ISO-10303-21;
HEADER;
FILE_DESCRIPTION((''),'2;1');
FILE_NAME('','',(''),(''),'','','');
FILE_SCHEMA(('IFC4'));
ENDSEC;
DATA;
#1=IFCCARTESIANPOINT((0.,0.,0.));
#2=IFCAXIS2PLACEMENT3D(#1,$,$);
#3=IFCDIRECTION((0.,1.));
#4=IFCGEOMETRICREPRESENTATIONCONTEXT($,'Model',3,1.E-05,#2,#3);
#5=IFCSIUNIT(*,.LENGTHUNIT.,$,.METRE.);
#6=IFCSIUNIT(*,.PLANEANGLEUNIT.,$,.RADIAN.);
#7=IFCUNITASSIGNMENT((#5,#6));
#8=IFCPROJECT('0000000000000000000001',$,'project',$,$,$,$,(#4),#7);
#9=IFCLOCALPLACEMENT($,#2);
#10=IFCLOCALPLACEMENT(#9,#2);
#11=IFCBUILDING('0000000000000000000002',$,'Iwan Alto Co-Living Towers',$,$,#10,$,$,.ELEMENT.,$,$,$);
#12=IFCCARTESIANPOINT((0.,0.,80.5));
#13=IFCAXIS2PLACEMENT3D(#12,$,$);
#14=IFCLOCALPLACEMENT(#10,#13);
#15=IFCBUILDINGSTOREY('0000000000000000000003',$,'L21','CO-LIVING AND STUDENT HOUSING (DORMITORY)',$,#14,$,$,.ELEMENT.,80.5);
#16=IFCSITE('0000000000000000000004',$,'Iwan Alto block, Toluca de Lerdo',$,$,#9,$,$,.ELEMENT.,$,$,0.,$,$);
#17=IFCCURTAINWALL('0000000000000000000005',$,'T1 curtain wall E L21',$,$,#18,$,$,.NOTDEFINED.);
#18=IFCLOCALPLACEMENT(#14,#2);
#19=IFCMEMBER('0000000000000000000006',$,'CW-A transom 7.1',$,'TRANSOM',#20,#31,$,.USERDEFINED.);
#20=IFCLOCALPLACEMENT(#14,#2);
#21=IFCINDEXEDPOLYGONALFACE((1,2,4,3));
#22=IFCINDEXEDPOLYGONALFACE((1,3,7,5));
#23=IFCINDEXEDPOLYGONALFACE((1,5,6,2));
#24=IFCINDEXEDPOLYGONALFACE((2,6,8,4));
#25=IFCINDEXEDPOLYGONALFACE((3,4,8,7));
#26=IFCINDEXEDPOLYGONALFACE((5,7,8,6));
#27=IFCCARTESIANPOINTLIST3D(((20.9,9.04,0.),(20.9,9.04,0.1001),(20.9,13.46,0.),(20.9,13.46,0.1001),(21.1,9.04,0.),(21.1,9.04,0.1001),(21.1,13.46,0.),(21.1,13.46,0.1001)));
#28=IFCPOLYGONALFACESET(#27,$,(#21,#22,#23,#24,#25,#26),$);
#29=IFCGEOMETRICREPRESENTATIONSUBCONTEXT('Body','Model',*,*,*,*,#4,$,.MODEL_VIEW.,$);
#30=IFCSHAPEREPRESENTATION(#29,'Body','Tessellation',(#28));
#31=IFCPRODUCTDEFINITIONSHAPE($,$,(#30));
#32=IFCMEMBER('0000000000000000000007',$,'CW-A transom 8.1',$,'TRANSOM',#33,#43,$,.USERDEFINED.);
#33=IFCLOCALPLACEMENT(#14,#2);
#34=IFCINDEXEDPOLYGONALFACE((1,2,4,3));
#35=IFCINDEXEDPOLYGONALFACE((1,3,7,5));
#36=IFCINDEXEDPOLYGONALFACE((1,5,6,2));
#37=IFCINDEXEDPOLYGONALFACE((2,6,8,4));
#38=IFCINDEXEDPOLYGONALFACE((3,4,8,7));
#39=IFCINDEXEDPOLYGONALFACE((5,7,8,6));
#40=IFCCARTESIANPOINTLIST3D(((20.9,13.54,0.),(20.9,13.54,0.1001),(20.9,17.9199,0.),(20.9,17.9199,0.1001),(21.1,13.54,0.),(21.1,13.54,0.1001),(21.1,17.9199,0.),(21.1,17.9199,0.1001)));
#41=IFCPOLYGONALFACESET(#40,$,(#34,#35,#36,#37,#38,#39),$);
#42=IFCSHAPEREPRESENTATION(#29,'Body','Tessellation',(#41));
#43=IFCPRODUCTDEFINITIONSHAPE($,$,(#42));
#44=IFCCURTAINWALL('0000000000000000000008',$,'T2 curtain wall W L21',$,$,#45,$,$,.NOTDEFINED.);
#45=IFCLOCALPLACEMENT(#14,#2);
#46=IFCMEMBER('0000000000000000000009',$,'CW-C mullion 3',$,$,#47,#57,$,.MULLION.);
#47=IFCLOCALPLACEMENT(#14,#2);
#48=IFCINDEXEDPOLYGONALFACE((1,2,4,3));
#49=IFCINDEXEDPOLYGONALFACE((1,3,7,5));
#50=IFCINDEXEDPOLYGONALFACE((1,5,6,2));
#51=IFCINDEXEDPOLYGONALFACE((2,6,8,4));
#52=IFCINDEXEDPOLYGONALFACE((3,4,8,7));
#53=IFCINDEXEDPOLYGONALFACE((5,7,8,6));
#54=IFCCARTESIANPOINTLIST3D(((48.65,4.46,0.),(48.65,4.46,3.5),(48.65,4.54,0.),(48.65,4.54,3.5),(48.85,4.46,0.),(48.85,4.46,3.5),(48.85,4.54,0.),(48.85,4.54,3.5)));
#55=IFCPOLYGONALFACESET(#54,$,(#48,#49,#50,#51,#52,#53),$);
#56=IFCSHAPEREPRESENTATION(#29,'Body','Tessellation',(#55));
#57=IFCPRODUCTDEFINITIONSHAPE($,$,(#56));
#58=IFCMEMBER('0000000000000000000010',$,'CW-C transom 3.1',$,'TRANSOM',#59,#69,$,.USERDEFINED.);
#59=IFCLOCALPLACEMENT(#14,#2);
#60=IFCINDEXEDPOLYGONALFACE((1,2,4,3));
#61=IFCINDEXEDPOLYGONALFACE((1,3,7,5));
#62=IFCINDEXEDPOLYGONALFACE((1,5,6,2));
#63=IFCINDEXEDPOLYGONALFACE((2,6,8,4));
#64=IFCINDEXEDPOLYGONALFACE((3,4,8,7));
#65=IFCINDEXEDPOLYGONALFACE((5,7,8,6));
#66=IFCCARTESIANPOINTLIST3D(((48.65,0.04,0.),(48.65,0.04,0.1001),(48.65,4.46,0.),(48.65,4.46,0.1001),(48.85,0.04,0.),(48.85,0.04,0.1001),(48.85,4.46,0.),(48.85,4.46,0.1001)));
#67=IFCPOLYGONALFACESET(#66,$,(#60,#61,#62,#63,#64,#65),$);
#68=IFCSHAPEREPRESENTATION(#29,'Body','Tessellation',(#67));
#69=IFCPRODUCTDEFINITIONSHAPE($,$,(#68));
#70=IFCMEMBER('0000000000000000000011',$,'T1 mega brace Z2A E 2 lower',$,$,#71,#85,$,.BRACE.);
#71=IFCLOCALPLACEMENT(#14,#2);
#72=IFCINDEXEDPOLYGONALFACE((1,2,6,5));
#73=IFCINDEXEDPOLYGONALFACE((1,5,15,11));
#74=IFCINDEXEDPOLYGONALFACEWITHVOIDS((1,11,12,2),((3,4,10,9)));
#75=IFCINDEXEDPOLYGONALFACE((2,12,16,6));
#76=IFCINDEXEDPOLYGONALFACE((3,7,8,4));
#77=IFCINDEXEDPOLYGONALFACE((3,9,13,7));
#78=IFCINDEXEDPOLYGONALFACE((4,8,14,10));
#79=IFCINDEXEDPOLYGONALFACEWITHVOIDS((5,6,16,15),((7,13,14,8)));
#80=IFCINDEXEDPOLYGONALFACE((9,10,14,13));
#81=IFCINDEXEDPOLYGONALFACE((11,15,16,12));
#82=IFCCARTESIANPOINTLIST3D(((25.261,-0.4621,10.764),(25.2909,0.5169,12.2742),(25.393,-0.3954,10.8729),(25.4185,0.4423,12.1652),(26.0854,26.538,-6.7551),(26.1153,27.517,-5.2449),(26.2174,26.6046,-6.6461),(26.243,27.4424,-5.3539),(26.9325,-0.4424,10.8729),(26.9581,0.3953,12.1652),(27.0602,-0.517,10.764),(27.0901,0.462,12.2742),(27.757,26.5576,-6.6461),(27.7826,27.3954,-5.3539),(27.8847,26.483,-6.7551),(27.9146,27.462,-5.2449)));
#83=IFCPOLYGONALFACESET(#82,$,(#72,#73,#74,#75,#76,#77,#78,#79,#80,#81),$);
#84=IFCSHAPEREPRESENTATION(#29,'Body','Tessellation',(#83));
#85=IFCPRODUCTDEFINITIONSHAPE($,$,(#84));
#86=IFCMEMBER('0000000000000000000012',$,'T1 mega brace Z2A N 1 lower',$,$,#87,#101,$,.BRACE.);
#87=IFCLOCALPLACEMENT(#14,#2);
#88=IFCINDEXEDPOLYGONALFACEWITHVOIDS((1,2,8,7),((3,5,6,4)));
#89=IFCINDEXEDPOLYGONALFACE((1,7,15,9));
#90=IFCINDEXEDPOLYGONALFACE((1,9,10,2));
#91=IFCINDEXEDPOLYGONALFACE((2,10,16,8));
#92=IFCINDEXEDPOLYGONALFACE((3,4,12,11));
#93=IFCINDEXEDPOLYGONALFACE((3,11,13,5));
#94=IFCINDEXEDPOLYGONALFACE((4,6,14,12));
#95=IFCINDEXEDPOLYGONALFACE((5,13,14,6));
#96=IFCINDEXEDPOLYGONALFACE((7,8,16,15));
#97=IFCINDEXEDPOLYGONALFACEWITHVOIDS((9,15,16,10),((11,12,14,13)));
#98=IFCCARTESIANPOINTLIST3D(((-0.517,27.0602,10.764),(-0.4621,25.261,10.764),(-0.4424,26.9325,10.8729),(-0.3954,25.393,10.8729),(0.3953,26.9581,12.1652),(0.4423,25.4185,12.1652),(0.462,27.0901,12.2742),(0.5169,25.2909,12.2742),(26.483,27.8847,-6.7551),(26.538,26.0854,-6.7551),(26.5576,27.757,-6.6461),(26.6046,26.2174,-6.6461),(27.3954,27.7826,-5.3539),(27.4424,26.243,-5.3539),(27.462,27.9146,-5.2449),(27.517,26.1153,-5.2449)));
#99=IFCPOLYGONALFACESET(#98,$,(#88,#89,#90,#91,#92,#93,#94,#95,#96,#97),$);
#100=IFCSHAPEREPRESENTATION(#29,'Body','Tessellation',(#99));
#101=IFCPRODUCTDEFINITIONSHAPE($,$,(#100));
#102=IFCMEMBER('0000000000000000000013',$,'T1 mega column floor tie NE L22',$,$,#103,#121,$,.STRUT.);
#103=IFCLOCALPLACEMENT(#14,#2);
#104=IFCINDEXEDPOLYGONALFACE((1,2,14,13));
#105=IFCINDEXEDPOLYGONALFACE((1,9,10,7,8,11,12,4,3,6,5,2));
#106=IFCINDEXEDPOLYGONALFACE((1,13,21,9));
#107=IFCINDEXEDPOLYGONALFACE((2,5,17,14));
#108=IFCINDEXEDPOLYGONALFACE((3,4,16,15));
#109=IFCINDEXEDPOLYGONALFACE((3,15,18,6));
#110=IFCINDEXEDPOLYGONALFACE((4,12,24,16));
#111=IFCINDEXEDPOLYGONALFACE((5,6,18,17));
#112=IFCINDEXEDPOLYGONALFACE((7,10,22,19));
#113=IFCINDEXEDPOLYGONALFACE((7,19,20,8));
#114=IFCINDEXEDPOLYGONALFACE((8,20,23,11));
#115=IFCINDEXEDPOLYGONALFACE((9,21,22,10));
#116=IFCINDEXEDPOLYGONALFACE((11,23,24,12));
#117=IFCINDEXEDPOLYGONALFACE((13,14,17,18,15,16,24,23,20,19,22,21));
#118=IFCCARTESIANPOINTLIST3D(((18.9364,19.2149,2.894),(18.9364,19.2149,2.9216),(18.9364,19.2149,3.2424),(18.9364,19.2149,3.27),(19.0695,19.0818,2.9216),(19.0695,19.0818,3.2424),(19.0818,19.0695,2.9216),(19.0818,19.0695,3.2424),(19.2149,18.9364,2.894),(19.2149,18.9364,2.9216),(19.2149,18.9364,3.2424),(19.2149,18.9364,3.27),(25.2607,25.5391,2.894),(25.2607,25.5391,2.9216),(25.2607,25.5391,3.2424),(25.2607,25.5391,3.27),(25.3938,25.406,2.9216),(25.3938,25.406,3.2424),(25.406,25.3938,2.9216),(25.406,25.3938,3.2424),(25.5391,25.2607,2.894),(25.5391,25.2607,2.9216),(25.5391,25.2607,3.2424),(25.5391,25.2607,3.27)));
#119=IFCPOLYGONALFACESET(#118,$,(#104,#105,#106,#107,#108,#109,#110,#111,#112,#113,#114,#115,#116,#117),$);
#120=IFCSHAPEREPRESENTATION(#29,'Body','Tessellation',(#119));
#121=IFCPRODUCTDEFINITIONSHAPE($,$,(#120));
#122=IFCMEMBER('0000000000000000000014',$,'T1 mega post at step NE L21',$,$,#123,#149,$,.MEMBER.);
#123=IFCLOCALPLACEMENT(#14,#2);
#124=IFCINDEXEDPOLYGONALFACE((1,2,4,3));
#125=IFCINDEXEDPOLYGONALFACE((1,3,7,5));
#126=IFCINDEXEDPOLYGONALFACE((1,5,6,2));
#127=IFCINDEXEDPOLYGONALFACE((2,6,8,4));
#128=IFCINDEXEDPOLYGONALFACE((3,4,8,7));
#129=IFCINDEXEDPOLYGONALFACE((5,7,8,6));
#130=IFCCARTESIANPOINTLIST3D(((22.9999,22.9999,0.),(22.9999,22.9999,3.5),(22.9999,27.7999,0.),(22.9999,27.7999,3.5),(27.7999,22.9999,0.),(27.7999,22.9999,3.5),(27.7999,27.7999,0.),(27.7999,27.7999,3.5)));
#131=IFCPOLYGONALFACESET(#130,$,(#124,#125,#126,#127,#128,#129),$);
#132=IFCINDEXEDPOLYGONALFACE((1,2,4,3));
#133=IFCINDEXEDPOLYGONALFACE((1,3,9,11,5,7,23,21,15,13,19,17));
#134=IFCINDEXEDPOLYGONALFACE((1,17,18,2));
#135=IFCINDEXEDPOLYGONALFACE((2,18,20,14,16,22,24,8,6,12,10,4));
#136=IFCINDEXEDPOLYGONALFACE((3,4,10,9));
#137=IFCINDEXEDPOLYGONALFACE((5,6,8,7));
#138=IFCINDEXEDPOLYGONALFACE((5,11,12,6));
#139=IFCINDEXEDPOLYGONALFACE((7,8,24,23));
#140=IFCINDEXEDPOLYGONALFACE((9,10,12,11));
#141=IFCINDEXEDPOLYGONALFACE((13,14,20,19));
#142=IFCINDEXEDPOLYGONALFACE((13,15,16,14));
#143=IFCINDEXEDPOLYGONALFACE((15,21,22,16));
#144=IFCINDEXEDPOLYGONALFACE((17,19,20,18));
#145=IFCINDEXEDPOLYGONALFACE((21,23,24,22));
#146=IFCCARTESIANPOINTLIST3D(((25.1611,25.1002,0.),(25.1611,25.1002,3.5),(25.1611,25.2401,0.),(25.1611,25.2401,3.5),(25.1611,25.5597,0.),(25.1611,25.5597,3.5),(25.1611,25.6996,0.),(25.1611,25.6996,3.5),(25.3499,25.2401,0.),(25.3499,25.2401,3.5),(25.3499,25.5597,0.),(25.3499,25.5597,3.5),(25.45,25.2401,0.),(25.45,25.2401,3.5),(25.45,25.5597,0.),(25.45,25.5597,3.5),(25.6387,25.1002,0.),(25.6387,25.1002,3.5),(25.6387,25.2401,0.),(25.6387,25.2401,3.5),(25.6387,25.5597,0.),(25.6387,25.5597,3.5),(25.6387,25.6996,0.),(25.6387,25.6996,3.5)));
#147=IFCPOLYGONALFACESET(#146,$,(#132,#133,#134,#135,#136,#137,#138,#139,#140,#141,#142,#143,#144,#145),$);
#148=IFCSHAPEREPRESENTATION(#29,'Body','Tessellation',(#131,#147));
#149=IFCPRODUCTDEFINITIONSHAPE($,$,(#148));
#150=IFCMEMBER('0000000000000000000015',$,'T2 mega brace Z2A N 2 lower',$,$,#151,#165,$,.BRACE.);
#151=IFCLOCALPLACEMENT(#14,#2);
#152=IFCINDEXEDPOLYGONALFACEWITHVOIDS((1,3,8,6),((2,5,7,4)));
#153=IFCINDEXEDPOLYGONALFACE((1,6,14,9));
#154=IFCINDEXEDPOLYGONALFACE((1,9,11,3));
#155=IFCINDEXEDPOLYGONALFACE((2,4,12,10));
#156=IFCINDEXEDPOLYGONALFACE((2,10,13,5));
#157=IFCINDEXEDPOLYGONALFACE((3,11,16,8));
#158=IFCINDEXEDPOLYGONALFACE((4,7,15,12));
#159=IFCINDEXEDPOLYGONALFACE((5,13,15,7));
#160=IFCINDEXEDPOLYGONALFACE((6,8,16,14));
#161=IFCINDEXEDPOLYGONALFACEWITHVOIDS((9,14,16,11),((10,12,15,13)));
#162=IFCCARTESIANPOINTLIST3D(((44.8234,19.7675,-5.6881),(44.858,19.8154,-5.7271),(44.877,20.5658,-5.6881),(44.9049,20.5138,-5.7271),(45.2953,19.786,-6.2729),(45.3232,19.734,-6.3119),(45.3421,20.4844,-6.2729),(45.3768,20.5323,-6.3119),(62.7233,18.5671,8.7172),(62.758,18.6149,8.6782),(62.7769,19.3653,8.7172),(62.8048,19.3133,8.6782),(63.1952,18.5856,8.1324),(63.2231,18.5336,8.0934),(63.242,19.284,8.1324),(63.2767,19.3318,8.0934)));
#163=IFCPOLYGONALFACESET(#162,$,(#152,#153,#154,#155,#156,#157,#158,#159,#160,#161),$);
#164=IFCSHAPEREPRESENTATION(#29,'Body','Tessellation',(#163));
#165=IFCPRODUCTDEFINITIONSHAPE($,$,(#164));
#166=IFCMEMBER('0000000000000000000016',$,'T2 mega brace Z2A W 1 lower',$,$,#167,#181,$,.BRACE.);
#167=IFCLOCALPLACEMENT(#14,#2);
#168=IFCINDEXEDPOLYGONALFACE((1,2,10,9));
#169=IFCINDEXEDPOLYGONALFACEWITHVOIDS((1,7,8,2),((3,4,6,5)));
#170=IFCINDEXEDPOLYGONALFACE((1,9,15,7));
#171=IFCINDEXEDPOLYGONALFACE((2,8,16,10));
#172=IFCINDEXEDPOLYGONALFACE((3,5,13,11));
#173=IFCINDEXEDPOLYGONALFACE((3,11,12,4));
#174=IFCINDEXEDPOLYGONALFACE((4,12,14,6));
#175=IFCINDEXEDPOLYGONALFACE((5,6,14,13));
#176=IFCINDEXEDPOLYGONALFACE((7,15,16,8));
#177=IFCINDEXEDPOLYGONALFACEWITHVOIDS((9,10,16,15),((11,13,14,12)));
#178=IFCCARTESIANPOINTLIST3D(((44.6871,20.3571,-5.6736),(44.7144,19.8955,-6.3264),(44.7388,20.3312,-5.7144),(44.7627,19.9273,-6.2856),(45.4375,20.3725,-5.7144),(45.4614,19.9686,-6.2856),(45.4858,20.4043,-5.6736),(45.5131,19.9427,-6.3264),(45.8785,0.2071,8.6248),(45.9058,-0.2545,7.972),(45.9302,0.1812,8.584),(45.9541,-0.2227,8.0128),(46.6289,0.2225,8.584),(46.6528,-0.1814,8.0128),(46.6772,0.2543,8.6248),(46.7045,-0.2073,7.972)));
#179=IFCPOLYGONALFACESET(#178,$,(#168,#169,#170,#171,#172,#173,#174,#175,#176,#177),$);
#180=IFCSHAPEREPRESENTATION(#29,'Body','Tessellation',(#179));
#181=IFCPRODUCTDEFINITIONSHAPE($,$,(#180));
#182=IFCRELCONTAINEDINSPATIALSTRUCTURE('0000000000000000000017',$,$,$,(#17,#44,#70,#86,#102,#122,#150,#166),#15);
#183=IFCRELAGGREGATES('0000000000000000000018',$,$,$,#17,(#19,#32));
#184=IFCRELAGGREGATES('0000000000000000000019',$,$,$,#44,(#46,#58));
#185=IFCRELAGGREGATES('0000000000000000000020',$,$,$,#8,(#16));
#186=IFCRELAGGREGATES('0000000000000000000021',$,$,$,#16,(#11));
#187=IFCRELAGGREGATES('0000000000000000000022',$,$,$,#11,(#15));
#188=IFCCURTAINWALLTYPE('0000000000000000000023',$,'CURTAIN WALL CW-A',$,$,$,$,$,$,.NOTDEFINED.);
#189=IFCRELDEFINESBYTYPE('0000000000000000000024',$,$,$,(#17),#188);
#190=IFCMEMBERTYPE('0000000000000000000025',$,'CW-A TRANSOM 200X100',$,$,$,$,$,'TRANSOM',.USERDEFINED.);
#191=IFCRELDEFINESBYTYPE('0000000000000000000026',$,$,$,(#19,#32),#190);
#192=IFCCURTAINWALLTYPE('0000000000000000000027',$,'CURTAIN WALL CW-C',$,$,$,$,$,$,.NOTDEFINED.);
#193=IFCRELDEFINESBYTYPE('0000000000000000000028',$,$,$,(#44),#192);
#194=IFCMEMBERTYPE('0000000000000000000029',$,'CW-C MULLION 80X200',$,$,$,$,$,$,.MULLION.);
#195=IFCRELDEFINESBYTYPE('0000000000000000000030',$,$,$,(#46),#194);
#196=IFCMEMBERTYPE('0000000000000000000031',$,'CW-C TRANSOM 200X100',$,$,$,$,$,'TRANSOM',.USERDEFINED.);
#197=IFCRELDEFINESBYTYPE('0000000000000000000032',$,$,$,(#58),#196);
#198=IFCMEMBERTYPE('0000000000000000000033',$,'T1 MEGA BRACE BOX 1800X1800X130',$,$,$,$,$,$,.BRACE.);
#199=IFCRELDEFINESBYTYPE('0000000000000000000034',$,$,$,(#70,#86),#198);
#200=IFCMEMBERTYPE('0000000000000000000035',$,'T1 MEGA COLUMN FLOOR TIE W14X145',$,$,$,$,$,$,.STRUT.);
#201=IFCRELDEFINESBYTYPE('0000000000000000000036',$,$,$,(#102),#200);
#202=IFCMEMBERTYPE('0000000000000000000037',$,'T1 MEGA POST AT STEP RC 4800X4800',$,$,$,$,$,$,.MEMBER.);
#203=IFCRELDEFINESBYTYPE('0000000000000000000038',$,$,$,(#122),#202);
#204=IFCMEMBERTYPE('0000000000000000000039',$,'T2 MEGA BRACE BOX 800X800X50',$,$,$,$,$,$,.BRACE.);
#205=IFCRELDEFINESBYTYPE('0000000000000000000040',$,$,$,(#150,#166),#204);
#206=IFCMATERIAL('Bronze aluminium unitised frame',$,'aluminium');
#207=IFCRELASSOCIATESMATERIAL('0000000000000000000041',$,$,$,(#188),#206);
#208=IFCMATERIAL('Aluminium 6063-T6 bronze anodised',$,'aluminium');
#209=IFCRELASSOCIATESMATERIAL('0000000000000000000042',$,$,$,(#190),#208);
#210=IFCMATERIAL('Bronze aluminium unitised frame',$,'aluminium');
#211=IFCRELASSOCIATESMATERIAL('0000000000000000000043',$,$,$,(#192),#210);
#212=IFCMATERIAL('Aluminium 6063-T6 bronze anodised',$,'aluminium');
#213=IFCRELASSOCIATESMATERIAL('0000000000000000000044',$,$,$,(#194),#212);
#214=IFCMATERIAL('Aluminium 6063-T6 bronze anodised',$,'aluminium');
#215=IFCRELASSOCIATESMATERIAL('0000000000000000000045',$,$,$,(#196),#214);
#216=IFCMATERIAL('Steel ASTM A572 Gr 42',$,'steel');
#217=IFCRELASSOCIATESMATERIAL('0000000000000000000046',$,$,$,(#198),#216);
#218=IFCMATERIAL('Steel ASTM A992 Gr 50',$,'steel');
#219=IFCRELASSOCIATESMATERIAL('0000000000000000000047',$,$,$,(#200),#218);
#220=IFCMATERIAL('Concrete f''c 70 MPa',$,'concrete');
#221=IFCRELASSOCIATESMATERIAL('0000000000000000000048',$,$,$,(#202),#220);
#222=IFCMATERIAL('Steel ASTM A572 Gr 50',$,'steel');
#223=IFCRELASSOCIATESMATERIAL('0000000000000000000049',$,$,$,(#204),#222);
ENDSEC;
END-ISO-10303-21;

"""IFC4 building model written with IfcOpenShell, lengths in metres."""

from ifc_helpers import new_model, si_unit, direction, frame, origin, origin_2d, place, context, subcontext, project, spatial, rectangle, hollow_rectangle, i_section, extrude, material, material_profile, profile_set, type_object, element, aggregate, save


model = new_model("IFC4")

# Units and contexts
model_context = context("Model", 3, precision=1e-05, world=origin(), true_north=direction((0.0, 1.0)))
body_context = subcontext(model_context, "Body", "Model", "MODEL_VIEW")
ifc_project = project(units=[si_unit("LENGTHUNIT", "METRE"), si_unit("PLANEANGLEUNIT", "RADIAN")], contexts=[model_context])

# Site, building, storey
site_placement = place(None, origin())
site = spatial("IfcSite", under=ifc_project, at=site_placement, Name="Iwan Alto block, Toluca de Lerdo", CompositionType="ELEMENT", RefElevation=0.0)
building_placement = place(site_placement, origin())
building = spatial("IfcBuilding", under=site, at=building_placement, Name="Iwan Alto Co-Living Towers", CompositionType="ELEMENT")
storey_placement = place(building_placement, frame((0.0, 0.0, 80.5)))
storey = spatial("IfcBuildingStorey", under=building, at=storey_placement, Name="L21", Description="CO-LIVING AND STUDENT HOUSING (DORMITORY)", CompositionType="ELEMENT", Elevation=80.5)

# Curtain walls, members
ifc_material_1 = material(Name="Bronze aluminium unitised frame", Category="aluminium")
curtain_wall_type_1 = type_object("IfcCurtainWallType", Name="CURTAIN WALL CW-A", PredefinedType="NOTDEFINED", material=ifc_material_1)
curtain_wall_1_placement = place(storey_placement, origin())
curtain_wall_1 = element("IfcCurtainWall", 1, at=curtain_wall_1_placement, inside=storey, type_object=curtain_wall_type_1, Name="T1 curtain wall E L21", PredefinedType="NOTDEFINED")
ifc_material_2 = material(Name="Aluminium 6063-T6 bronze anodised", Category="aluminium")
ifc_material_profile_1 = material_profile(ifc_material_2, rectangle(XDim=0.2, YDim=0.1001, at=origin_2d()), Name="AL 200X100")
ifc_profile_set_1 = profile_set([ifc_material_profile_1], Name="Aluminium 6063-T6 bronze anodised")
member_type_1 = type_object("IfcMemberType", Name="CW-A TRANSOM 200X100", ElementType="TRANSOM", PredefinedType="USERDEFINED", material=ifc_profile_set_1)
member_1_placement = place(storey_placement, frame((21.0, 9.04, 0.05), z_axis=(0.0, 1.0, 0.0), x_axis=(-1.0, 0.0, 0.0)))
member_1 = element("IfcMember", 2, at=member_1_placement, type_object=member_type_1, Name="CW-A transom 7.1", ObjectType="TRANSOM", PredefinedType="USERDEFINED", context=body_context, shape_type="SweptSolid", body=[
    extrude(rectangle(XDim=0.2, YDim=0.1001, at=origin_2d()), origin(), (0.0, 0.0, 1.0), 4.4199),
])
member_2_placement = place(storey_placement, frame((21.0, 13.54, 0.05), z_axis=(0.0, 1.0, 0.0), x_axis=(-1.0, 0.0, 0.0)))
member_2 = element("IfcMember", 3, at=member_2_placement, type_object=member_type_1, Name="CW-A transom 8.1", ObjectType="TRANSOM", PredefinedType="USERDEFINED", context=body_context, shape_type="SweptSolid", body=[
    extrude(rectangle(XDim=0.2, YDim=0.1001, at=origin_2d()), origin(), (0.0, 0.0, 1.0), 4.3799),
])
ifc_material_3 = material(Name="Bronze aluminium unitised frame", Category="aluminium")
curtain_wall_type_2 = type_object("IfcCurtainWallType", Name="CURTAIN WALL CW-C", PredefinedType="NOTDEFINED", material=ifc_material_3)
curtain_wall_2_placement = place(storey_placement, origin())
curtain_wall_2 = element("IfcCurtainWall", 4, at=curtain_wall_2_placement, inside=storey, type_object=curtain_wall_type_2, Name="T2 curtain wall W L21", PredefinedType="NOTDEFINED")
ifc_material_4 = material(Name="Aluminium 6063-T6 bronze anodised", Category="aluminium")
ifc_material_profile_2 = material_profile(ifc_material_4, rectangle(XDim=0.2, YDim=0.0801, at=origin_2d()), Name="AL 80X200")
ifc_profile_set_2 = profile_set([ifc_material_profile_2], Name="Aluminium 6063-T6 bronze anodised")
member_type_2 = type_object("IfcMemberType", Name="CW-C MULLION 80X200", PredefinedType="MULLION", material=ifc_profile_set_2)
member_3_placement = place(storey_placement, frame((48.75, 4.5, 0.0), z_axis=(0.0, 0.0, 1.0), x_axis=(1.0, 0.0, 0.0)))
member_3 = element("IfcMember", 5, at=member_3_placement, type_object=member_type_2, Name="CW-C mullion 3", PredefinedType="MULLION", context=body_context, shape_type="SweptSolid", body=[
    extrude(rectangle(XDim=0.2, YDim=0.0801, at=origin_2d()), origin(), (0.0, 0.0, 1.0), 3.5),
])
ifc_material_5 = material(Name="Aluminium 6063-T6 bronze anodised", Category="aluminium")
ifc_material_profile_3 = material_profile(ifc_material_5, rectangle(XDim=0.2, YDim=0.1001, at=origin_2d()), Name="AL 200X100")
ifc_profile_set_3 = profile_set([ifc_material_profile_3], Name="Aluminium 6063-T6 bronze anodised")
member_type_3 = type_object("IfcMemberType", Name="CW-C TRANSOM 200X100", ElementType="TRANSOM", PredefinedType="USERDEFINED", material=ifc_profile_set_3)
member_4_placement = place(storey_placement, frame((48.75, 4.46, 0.05), z_axis=(0.0, -1.0, 0.0), x_axis=(1.0, 0.0, 0.0)))
member_4 = element("IfcMember", 6, at=member_4_placement, type_object=member_type_3, Name="CW-C transom 3.1", ObjectType="TRANSOM", PredefinedType="USERDEFINED", context=body_context, shape_type="SweptSolid", body=[
    extrude(rectangle(XDim=0.2, YDim=0.1001, at=origin_2d()), origin(), (0.0, 0.0, 1.0), 4.4199),
])

# Members
ifc_material_6 = material(Name="Steel ASTM A572 Gr 42", Category="steel")
ifc_material_profile_4 = material_profile(ifc_material_6, hollow_rectangle(XDim=1.8, YDim=1.8, WallThickness=0.1299, at=origin_2d()), Name="BOX 1800X1800X130")
ifc_profile_set_4 = profile_set([ifc_material_profile_4], Name="Steel ASTM A572 Gr 42")
member_type_4 = type_object("IfcMemberType", Name="T1 MEGA BRACE BOX 1800X1800X130", PredefinedType="BRACE", material=ifc_profile_set_4)
for number, where, z_axis, x_axis, name in (
    (7, (27.0, 27.0, -6.0), (-0.025607, -0.838608, 0.544134), (0.999534, -0.030521, 0.0), "T1 mega brace Z2A E 2 lower"),
    (8, (27.0, 27.0, -6.0), (-0.838608, -0.025607, 0.544134), (0.030521, -0.999534, 0.0), "T1 mega brace Z2A N 1 lower"),
):
    element("IfcMember", number, at=place(storey_placement, frame(where, z_axis=z_axis, x_axis=x_axis)), inside=storey, type_object=member_type_4, Name=name, PredefinedType="BRACE", context=body_context, shape_type="SweptSolid", body=[
        extrude(hollow_rectangle(XDim=1.8, YDim=1.8, WallThickness=0.1299, at=origin_2d()), origin(), (0.0, 0.0, 1.0), 32.1963),
    ])
ifc_material_7 = material(Name="Steel ASTM A992 Gr 50", Category="steel")
ifc_material_profile_5 = material_profile(ifc_material_7, i_section(OverallWidth=0.3938, OverallDepth=0.376, WebThickness=0.0173, FlangeThickness=0.0276, at=origin_2d()), Name="W14X145")
ifc_profile_set_5 = profile_set([ifc_material_profile_5], Name="Steel ASTM A992 Gr 50")
member_type_5 = type_object("IfcMemberType", Name="T1 MEGA COLUMN FLOOR TIE W14X145", PredefinedType="STRUT", material=ifc_profile_set_5)
member_5_placement = place(storey_placement, frame((25.3999, 25.3999, 3.082), z_axis=(-0.707107, -0.707107, 0.0), x_axis=(0.707107, -0.707107, 0.0)))
element("IfcMember", 9, at=member_5_placement, inside=storey, type_object=member_type_5, Name="T1 mega column floor tie NE L22", PredefinedType="STRUT", context=body_context, shape_type="SweptSolid", body=[
    extrude(i_section(OverallWidth=0.3938, OverallDepth=0.376, WebThickness=0.0173, FlangeThickness=0.0276, at=origin_2d()), origin(), (0.0, 0.0, 1.0), 8.9438),
])
ifc_material_8 = material(Name="Concrete f'c 70 MPa", Category="concrete")
ifc_material_profile_6 = material_profile(ifc_material_8, rectangle(XDim=4.8, YDim=4.8, at=origin_2d()), Name="RC 4800X4800")
ifc_profile_set_6 = profile_set([ifc_material_profile_6], Name="Concrete f'c 70 MPa")
member_type_6 = type_object("IfcMemberType", Name="T1 MEGA POST AT STEP RC 4800X4800", PredefinedType="MEMBER", material=ifc_profile_set_6)
member_6_placement = place(storey_placement, frame((25.3999, 25.3999, 0.0), z_axis=(0.0, 0.0, 1.0), x_axis=(1.0, 0.0, 0.0)))
element("IfcMember", 10, at=member_6_placement, inside=storey, type_object=member_type_6, Name="T1 mega post at step NE L21", PredefinedType="MEMBER", context=body_context, shape_type="SweptSolid", body=[
    extrude(rectangle(XDim=4.8, YDim=4.8, at=origin_2d()), origin(), (0.0, 0.0, 1.0), 3.5),
    extrude(i_section(OverallWidth=0.4775, OverallDepth=0.5994, WebThickness=0.1001, FlangeThickness=0.1399, at=origin_2d()), origin(), (0.0, 0.0, 1.0), 3.5),
])
ifc_material_9 = material(Name="Steel ASTM A572 Gr 50", Category="steel")
ifc_material_profile_7 = material_profile(ifc_material_9, hollow_rectangle(XDim=0.8, YDim=0.8, WallThickness=0.05, at=origin_2d()), Name="BOX 800X800X50")
ifc_profile_set_7 = profile_set([ifc_material_profile_7], Name="Steel ASTM A572 Gr 50")
member_type_7 = type_object("IfcMemberType", Name="T2 MEGA BRACE BOX 800X800X50", PredefinedType="BRACE", material=ifc_profile_set_7)
member_7_placement = place(storey_placement, frame((45.1001, 20.1499, -6.0), z_axis=(0.777992, -0.052175, 0.626104), x_axis=(0.066914, 0.997759, 0.0)))
element("IfcMember", 11, at=member_7_placement, inside=storey, type_object=member_type_7, Name="T2 mega brace Z2A N 2 lower", PredefinedType="BRACE", context=body_context, shape_type="SweptSolid", body=[
    extrude(hollow_rectangle(XDim=0.8, YDim=0.8, WallThickness=0.05, at=origin_2d()), origin(), (0.0, 0.0, 1.0), 23.0078),
])
member_8_placement = place(storey_placement, frame((45.1001, 20.1499, -6.0), z_axis=(0.048164, -0.814591, 0.578033), x_axis=(0.998257, 0.059024, 0.0)))
element("IfcMember", 12, at=member_8_placement, inside=storey, type_object=member_type_7, Name="T2 mega brace Z2A W 1 lower", PredefinedType="BRACE", context=body_context, shape_type="SweptSolid", body=[
    extrude(hollow_rectangle(XDim=0.8, YDim=0.8, WallThickness=0.05, at=origin_2d()), origin(), (0.0, 0.0, 1.0), 24.7363),
])

aggregate(curtain_wall_1, [member_1, member_2])
aggregate(curtain_wall_2, [member_3, member_4])

save(model, "model.ifc")
